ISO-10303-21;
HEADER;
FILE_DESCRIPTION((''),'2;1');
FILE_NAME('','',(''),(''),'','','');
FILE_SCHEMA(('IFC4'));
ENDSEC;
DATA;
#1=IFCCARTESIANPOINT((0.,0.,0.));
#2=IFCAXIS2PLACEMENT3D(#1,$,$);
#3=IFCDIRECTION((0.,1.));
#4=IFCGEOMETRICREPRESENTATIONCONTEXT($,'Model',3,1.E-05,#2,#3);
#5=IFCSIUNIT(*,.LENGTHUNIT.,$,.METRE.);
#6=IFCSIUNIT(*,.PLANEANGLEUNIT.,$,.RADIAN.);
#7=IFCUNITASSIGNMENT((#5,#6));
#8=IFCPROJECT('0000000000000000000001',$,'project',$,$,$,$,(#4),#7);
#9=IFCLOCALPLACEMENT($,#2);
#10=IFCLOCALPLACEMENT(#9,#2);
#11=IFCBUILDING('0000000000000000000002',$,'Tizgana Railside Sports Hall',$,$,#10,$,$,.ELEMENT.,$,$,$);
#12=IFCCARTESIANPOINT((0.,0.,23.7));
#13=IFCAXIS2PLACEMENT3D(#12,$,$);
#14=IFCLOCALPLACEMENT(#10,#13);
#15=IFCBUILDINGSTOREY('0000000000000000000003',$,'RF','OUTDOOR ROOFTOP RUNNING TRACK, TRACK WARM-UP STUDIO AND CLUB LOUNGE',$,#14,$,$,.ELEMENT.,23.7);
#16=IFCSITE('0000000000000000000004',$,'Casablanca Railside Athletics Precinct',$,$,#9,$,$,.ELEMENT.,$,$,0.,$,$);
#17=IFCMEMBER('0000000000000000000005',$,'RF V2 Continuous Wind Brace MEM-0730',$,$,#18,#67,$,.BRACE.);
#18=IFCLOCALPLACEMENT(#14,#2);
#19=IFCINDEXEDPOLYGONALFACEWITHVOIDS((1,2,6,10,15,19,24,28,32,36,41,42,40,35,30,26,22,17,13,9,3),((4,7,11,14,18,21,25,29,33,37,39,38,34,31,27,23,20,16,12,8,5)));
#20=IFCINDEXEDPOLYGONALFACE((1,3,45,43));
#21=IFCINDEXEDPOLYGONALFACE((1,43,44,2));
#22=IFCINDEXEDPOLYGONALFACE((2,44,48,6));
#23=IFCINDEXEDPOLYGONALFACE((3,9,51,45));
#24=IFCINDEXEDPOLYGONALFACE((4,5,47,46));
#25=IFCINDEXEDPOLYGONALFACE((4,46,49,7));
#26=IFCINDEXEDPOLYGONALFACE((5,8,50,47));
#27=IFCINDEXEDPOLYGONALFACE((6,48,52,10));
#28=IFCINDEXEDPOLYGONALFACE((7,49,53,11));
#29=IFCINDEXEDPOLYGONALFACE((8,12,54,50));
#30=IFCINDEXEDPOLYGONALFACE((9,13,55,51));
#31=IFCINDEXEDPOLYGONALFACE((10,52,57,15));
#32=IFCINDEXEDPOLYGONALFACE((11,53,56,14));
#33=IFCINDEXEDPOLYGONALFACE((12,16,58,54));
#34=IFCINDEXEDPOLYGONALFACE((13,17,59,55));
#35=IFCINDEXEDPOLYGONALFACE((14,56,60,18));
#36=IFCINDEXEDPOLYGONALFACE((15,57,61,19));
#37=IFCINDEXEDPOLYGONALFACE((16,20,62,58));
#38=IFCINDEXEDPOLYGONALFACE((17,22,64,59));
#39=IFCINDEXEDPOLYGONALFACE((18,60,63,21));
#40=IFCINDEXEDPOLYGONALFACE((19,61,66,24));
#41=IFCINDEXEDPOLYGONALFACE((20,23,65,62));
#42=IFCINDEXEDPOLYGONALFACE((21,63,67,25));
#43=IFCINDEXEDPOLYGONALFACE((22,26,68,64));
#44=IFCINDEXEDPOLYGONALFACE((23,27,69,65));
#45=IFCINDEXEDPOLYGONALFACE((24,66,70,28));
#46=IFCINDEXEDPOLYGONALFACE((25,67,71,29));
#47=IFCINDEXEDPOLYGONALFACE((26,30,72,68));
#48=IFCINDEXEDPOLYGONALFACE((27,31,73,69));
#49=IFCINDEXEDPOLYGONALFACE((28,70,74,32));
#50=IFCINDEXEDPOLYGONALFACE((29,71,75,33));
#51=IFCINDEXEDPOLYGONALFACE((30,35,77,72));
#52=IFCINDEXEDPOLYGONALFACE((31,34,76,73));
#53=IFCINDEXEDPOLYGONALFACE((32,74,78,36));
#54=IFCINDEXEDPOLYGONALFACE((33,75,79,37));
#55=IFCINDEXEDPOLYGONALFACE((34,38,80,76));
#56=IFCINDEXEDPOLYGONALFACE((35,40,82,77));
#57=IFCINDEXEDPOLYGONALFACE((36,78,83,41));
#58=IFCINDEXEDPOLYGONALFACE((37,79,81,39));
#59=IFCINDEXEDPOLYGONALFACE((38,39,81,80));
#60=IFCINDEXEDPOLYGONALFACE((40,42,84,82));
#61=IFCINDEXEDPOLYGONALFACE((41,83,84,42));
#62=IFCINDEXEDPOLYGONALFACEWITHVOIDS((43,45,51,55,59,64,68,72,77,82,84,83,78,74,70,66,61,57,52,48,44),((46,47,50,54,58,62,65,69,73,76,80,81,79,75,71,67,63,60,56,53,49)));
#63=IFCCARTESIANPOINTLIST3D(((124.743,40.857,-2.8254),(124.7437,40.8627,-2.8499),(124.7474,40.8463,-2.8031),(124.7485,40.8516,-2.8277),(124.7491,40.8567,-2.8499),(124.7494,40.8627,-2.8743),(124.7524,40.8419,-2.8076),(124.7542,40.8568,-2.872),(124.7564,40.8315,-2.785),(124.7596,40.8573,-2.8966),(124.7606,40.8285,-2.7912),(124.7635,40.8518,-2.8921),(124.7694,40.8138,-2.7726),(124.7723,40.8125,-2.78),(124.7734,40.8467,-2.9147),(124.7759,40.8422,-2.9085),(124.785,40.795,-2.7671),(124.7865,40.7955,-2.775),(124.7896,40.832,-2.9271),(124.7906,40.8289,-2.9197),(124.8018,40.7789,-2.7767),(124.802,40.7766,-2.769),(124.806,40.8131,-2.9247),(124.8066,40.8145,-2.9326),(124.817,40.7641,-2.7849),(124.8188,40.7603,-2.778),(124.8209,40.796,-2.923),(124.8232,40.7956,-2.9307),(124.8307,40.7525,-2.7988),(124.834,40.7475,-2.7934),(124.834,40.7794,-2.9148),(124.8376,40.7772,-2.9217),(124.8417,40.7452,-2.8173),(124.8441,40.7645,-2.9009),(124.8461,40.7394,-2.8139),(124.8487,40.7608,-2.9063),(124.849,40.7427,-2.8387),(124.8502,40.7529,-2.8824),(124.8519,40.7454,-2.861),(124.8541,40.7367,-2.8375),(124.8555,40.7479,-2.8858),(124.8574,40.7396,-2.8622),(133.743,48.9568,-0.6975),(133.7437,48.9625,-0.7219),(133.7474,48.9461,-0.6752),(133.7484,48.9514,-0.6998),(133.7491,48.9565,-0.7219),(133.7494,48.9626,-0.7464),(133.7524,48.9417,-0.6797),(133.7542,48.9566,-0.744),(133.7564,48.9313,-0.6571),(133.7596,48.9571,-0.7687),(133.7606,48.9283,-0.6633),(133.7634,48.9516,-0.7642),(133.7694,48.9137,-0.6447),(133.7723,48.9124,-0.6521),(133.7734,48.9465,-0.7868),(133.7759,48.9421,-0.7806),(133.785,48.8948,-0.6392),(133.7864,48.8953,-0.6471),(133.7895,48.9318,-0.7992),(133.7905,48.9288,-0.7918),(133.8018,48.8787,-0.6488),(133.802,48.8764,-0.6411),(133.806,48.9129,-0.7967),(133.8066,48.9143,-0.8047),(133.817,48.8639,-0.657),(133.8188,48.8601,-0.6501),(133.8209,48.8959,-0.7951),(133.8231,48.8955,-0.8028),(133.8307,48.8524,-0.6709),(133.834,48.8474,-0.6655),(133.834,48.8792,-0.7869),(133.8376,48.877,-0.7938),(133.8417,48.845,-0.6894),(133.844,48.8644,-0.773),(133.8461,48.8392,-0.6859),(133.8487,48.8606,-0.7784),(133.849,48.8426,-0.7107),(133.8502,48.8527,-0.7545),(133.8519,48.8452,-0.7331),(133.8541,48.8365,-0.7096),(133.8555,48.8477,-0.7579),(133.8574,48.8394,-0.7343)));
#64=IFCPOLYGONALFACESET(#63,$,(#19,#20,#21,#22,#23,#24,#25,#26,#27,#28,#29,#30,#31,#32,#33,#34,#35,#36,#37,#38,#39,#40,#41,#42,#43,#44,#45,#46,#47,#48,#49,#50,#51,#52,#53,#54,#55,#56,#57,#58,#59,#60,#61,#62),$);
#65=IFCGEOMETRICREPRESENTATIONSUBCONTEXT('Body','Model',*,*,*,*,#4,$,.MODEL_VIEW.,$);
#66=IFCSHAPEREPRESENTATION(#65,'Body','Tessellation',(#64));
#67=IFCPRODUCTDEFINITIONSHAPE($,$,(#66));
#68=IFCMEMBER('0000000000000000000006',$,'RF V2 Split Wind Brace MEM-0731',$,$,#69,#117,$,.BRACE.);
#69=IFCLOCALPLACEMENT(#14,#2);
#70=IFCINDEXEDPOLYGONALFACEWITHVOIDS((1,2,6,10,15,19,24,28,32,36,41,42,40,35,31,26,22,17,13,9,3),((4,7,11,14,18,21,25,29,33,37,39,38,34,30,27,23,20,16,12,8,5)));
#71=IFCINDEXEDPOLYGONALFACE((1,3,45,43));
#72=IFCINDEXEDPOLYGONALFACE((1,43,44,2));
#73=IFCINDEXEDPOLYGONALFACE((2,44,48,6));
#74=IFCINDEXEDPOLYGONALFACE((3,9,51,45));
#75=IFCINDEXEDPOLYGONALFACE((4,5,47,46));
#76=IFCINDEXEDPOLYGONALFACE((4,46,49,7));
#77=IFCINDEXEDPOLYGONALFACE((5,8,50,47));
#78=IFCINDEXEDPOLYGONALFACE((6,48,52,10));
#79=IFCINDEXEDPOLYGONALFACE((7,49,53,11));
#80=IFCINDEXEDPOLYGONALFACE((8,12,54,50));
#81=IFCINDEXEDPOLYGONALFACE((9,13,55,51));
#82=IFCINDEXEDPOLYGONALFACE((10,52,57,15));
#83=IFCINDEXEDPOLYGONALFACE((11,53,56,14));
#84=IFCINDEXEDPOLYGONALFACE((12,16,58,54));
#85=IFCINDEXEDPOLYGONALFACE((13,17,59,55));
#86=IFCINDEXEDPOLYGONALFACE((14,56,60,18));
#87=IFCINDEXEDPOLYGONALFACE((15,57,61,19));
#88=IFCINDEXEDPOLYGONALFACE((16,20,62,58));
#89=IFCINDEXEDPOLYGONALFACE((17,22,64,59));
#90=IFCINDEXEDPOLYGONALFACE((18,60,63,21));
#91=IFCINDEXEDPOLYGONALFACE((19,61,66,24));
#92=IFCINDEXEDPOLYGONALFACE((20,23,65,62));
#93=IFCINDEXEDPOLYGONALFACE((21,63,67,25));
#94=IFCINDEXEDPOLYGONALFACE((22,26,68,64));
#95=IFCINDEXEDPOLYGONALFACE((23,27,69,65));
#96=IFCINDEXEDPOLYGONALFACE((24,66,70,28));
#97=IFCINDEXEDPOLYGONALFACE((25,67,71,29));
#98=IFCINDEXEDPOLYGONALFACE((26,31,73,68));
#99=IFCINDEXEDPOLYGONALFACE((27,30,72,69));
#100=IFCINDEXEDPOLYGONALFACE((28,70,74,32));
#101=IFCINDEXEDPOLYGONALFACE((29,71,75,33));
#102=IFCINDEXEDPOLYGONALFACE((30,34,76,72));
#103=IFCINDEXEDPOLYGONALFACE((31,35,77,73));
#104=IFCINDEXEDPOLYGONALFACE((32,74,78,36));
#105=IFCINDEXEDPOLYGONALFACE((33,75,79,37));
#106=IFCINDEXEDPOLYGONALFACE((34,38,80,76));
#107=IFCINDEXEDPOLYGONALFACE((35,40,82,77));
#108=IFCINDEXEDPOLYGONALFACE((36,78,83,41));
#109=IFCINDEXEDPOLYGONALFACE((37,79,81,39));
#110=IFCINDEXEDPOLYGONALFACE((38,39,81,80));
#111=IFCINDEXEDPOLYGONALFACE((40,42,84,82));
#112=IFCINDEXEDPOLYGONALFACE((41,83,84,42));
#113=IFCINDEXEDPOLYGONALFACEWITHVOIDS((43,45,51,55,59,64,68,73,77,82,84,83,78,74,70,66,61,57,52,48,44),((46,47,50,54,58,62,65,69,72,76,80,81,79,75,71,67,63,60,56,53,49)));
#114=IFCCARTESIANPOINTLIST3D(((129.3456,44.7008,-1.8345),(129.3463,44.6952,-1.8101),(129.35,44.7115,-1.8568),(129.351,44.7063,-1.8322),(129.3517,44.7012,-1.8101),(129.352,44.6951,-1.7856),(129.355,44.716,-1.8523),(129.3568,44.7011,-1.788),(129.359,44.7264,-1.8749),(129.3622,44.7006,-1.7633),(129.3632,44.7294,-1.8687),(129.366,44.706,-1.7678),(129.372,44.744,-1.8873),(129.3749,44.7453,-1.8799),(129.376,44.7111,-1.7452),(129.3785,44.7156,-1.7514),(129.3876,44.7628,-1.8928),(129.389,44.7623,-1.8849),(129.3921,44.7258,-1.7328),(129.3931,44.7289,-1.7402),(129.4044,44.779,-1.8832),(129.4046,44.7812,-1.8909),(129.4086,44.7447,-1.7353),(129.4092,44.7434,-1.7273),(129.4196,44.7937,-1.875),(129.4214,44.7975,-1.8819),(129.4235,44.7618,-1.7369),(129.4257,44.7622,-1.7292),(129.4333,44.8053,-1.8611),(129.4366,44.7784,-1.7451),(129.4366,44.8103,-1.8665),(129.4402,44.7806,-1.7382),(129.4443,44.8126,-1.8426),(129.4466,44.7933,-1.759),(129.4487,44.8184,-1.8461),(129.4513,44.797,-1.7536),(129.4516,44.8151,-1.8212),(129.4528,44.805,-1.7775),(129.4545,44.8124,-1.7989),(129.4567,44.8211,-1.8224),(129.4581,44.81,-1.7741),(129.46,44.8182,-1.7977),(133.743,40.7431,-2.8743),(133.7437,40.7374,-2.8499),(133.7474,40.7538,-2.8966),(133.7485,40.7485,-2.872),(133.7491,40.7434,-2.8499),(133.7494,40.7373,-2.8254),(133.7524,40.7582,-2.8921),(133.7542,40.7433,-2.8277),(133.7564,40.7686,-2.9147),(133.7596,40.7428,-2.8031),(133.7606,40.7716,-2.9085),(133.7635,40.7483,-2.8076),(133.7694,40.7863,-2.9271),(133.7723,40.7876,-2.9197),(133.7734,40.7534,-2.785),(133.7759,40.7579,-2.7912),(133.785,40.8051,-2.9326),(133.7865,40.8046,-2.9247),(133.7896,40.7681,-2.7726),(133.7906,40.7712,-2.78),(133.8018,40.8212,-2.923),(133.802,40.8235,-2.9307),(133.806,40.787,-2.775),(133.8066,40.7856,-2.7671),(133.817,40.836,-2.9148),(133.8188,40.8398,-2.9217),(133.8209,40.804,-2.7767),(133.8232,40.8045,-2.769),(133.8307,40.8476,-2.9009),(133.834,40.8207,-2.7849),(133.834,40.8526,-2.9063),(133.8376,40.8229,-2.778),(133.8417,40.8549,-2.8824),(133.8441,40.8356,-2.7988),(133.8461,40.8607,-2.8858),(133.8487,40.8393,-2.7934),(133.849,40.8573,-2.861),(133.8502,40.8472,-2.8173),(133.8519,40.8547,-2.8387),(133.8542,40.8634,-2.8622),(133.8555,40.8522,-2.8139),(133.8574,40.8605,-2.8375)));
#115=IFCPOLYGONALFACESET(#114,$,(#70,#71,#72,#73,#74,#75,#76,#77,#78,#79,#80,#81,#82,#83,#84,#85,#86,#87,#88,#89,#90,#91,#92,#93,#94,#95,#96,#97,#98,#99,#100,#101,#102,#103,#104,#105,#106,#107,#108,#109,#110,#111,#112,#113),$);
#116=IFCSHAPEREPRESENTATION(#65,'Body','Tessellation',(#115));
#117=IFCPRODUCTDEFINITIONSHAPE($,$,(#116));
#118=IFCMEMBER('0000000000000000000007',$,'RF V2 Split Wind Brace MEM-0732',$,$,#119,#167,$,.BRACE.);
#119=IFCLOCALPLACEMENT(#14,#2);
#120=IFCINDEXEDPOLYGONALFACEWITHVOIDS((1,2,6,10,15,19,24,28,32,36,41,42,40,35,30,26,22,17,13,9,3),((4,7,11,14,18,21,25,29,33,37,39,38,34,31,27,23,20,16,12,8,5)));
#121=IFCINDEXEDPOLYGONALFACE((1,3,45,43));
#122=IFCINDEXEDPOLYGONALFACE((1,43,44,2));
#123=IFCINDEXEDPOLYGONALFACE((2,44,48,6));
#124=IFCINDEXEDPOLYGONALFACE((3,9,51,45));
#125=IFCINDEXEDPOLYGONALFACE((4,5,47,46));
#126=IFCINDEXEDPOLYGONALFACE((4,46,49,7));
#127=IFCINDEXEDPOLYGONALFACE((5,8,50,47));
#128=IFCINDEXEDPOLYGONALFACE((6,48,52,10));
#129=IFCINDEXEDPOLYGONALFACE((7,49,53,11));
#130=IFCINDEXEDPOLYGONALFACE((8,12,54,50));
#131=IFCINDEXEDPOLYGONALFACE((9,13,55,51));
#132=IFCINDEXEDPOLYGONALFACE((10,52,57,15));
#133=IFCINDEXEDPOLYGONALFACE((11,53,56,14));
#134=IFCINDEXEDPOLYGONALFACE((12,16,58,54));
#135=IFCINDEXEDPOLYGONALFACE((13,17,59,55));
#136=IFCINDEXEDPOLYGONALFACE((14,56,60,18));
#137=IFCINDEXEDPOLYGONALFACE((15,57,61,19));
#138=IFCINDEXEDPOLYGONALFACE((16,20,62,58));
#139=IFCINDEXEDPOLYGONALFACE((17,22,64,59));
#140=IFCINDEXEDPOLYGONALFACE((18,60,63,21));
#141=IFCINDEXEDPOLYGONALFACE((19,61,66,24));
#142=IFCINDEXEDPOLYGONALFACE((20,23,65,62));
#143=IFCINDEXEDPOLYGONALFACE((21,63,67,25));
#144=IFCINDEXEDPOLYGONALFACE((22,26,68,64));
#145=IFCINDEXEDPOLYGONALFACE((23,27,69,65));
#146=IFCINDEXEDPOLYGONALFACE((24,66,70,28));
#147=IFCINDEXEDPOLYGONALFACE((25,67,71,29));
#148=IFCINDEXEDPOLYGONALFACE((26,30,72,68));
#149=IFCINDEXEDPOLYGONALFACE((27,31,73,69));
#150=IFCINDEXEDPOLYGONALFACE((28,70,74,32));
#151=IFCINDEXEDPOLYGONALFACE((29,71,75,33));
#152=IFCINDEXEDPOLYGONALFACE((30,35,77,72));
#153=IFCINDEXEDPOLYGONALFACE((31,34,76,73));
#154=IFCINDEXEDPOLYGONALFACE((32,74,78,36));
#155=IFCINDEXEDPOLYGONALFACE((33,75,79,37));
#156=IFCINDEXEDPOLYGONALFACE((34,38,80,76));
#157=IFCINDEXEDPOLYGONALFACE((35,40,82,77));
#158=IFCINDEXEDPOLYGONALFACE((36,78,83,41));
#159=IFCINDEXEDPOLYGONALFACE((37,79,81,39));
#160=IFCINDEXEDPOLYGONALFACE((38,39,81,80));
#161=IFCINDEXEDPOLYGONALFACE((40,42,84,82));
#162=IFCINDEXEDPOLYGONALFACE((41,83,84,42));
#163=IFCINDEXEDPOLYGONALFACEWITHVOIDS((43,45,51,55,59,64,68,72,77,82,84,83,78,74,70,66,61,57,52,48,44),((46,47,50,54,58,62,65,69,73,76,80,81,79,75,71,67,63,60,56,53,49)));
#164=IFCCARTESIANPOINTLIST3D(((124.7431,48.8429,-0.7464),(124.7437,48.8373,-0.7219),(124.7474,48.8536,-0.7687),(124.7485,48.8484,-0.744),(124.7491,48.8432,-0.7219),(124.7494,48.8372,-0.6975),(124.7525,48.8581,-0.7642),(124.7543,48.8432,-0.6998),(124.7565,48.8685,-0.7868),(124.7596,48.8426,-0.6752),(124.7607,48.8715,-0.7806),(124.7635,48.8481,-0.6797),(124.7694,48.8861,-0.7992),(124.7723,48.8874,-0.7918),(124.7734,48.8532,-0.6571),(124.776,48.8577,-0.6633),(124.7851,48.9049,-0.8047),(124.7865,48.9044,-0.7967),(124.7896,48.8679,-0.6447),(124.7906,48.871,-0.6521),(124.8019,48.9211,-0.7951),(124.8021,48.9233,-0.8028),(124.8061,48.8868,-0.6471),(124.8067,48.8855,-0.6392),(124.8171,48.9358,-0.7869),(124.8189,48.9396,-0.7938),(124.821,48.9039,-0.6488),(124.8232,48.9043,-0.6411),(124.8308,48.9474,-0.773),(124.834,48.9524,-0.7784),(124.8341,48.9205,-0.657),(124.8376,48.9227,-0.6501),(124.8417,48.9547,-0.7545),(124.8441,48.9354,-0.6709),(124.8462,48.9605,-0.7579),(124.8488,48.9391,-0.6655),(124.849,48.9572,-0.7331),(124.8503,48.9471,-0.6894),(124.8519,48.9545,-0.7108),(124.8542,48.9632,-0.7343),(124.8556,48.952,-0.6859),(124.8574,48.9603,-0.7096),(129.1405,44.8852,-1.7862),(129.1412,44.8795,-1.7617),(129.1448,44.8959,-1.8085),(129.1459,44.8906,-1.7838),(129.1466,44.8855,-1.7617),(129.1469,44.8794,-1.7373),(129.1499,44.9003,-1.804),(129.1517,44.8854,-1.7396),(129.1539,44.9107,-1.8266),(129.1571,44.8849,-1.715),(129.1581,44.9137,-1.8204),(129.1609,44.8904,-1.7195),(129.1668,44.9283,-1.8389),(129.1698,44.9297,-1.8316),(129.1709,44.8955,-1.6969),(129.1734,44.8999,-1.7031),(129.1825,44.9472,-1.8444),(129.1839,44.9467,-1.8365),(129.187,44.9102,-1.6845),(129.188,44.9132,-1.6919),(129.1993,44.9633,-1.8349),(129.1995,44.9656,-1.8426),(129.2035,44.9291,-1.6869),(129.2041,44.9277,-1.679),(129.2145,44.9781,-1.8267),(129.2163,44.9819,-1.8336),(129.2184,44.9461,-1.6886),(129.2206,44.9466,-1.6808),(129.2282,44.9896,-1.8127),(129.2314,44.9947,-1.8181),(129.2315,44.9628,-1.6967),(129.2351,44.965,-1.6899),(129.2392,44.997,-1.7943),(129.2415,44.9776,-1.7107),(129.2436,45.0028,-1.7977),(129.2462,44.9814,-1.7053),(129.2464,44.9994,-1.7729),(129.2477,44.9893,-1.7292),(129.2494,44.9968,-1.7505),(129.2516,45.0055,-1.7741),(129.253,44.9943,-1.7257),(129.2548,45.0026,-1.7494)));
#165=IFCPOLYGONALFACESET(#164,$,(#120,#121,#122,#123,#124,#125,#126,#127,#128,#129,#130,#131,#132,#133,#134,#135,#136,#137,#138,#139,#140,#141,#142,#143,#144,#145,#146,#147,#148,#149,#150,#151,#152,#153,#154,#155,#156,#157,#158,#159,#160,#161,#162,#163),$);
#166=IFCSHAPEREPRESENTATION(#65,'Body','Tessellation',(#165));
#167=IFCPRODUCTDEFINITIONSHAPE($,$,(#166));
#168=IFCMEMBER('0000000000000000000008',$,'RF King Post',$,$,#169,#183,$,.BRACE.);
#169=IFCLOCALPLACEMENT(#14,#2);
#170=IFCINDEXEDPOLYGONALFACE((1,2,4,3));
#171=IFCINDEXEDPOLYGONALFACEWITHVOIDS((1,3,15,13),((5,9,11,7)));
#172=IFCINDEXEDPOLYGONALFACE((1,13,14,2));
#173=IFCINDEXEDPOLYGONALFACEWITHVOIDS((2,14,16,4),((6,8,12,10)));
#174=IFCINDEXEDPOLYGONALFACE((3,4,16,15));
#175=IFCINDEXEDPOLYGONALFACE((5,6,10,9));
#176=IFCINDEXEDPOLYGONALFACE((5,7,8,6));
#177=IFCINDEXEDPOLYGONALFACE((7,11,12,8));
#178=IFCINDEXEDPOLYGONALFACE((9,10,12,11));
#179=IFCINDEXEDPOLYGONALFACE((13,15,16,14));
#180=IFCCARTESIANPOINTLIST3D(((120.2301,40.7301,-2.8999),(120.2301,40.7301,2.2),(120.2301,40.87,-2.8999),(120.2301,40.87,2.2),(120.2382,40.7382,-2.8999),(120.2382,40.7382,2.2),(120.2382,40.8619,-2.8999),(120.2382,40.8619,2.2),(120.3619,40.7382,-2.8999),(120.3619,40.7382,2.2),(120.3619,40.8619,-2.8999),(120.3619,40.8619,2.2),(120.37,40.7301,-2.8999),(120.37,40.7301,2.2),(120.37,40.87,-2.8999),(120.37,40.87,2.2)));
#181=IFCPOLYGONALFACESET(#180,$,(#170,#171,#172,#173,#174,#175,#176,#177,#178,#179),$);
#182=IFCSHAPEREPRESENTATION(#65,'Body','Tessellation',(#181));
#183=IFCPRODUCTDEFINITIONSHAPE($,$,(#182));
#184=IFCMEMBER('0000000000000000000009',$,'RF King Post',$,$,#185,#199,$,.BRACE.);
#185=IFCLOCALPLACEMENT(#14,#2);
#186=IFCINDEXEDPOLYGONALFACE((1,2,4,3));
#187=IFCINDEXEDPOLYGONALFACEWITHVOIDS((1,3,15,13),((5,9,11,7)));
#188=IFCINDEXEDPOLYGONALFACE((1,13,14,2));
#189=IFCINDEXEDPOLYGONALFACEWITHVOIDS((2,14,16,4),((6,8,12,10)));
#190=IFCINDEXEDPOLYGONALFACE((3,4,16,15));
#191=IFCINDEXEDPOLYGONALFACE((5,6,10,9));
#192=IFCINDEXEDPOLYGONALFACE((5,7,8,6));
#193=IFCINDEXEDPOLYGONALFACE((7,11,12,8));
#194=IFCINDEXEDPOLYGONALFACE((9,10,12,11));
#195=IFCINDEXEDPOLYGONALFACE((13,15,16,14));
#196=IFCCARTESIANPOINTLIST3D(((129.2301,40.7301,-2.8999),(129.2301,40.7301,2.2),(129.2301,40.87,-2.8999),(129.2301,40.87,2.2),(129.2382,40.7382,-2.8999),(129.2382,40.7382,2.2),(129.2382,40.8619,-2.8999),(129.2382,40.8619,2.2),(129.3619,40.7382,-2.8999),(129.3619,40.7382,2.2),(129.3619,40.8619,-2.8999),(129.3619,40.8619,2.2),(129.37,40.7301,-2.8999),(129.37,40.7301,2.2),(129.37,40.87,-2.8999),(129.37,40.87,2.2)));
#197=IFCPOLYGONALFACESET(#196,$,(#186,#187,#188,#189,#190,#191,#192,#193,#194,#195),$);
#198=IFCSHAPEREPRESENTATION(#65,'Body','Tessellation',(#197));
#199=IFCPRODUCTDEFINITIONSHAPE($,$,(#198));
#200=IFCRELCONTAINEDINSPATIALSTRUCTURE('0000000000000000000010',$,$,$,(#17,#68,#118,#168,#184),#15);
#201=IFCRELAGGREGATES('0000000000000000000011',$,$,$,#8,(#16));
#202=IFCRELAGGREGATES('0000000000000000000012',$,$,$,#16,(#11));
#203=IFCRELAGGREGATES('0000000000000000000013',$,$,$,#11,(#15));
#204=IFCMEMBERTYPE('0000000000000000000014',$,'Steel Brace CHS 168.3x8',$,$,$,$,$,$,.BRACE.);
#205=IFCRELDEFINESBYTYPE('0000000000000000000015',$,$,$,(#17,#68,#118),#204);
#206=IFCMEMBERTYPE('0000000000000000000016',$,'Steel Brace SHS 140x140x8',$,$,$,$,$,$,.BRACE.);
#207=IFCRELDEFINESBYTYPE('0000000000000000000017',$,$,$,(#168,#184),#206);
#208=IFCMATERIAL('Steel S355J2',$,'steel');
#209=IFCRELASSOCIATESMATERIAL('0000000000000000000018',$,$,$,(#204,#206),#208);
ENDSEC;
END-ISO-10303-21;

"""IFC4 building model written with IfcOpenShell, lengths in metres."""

from ifc_helpers import new_model, si_unit, direction, frame, origin, origin_2d, place, context, subcontext, project, spatial, hollow_rectangle, hollow_circle, extrude, material, material_profile, profile_set, type_object, element, save


model = new_model("IFC4")

# Units and contexts
model_context = context("Model", 3, precision=1e-05, world=origin(), true_north=direction((0.0, 1.0)))
body_context = subcontext(model_context, "Body", "Model", "MODEL_VIEW")
ifc_project = project(units=[si_unit("LENGTHUNIT", "METRE"), si_unit("PLANEANGLEUNIT", "RADIAN")], contexts=[model_context])

# Site, building, storey
site_placement = place(None, origin())
site = spatial("IfcSite", under=ifc_project, at=site_placement, Name="Casablanca Railside Athletics Precinct", CompositionType="ELEMENT", RefElevation=0.0)
building_placement = place(site_placement, origin())
building = spatial("IfcBuilding", under=site, at=building_placement, Name="Tizgana Railside Sports Hall", CompositionType="ELEMENT")
storey_placement = place(building_placement, frame((0.0, 0.0, 23.7)))
storey = spatial("IfcBuildingStorey", under=building, at=storey_placement, Name="RF", Description="OUTDOOR ROOFTOP RUNNING TRACK, TRACK WARM-UP STUDIO AND CLUB LOUNGE", CompositionType="ELEMENT", Elevation=23.7)

# Members
ifc_material_1 = material(Name="Steel S355J2", Category="steel")
ifc_material_profile_1 = material_profile(ifc_material_1, hollow_circle(Radius=0.0842, WallThickness=0.0081, at=origin_2d()), Name="CHS 168.3x8")
ifc_profile_set_1 = profile_set([ifc_material_profile_1], Name="Steel S355J2")
member_type_1 = type_object("IfcMemberType", Name="Steel Brace CHS 168.3x8", PredefinedType="BRACE", material=ifc_profile_set_1)
member_1_placement = place(storey_placement, frame((124.8, 40.8, -2.8499), z_axis=(0.732081, 0.658861, 0.173091), x_axis=(-0.668958, 0.7433, 0.0)))
element("IfcMember", 1, at=member_1_placement, inside=storey, type_object=member_type_1, Name="RF V2 Continuous Wind Brace MEM-0730", PredefinedType="BRACE", context=body_context, shape_type="SweptSolid", body=[
    extrude(hollow_circle(Radius=0.0842, WallThickness=0.0081, at=origin_2d()), origin(), (0.0, 0.0, 1.0), 12.2937),
])
for number, where, z_axis, x_axis, name in (
    (2, (133.8, 40.8, -2.8499), (-0.732069, 0.658871, 0.1731), (-0.668969, -0.74329, 0.0), "RF V2 Split Wind Brace MEM-0731"),
    (3, (129.1975, 44.9421, -1.7617), (-0.732069, 0.658871, 0.1731), (-0.668969, -0.74329, 0.0), "RF V2 Split Wind Brace MEM-0732"),
):
    element("IfcMember", number, at=place(storey_placement, frame(where, z_axis=z_axis, x_axis=x_axis)), inside=storey, type_object=member_type_1, Name=name, PredefinedType="BRACE", context=body_context, shape_type="SweptSolid", body=[
        extrude(hollow_circle(Radius=0.0842, WallThickness=0.0081, at=origin_2d()), origin(), (0.0, 0.0, 1.0), 6.0068),
    ])
ifc_material_profile_2 = material_profile(ifc_material_1, hollow_rectangle(XDim=0.1399, YDim=0.1399, WallThickness=0.0081, at=origin_2d()), Name="SHS 140x140x8")
ifc_profile_set_2 = profile_set([ifc_material_profile_2], Name="Steel S355J2")
member_type_2 = type_object("IfcMemberType", Name="Steel Brace SHS 140x140x8", PredefinedType="BRACE", material=ifc_profile_set_2)
for number, where, z_axis, x_axis, name in (
    (4, (120.3, 40.8, -2.8999), (0.0, 0.0, 1.0), (1.0, 0.0, 0.0), "RF King Post"),
    (5, (129.3, 40.8, -2.8999), (0.0, 0.0, 1.0), (1.0, 0.0, 0.0), "RF King Post"),
):
    element("IfcMember", number, at=place(storey_placement, frame(where, z_axis=z_axis, x_axis=x_axis)), inside=storey, type_object=member_type_2, Name=name, PredefinedType="BRACE", context=body_context, shape_type="SweptSolid", body=[
        extrude(hollow_rectangle(XDim=0.1399, YDim=0.1399, WallThickness=0.0081, at=origin_2d()), origin(), (0.0, 0.0, 1.0), 5.0999),
    ])

save(model, "model.ifc")
